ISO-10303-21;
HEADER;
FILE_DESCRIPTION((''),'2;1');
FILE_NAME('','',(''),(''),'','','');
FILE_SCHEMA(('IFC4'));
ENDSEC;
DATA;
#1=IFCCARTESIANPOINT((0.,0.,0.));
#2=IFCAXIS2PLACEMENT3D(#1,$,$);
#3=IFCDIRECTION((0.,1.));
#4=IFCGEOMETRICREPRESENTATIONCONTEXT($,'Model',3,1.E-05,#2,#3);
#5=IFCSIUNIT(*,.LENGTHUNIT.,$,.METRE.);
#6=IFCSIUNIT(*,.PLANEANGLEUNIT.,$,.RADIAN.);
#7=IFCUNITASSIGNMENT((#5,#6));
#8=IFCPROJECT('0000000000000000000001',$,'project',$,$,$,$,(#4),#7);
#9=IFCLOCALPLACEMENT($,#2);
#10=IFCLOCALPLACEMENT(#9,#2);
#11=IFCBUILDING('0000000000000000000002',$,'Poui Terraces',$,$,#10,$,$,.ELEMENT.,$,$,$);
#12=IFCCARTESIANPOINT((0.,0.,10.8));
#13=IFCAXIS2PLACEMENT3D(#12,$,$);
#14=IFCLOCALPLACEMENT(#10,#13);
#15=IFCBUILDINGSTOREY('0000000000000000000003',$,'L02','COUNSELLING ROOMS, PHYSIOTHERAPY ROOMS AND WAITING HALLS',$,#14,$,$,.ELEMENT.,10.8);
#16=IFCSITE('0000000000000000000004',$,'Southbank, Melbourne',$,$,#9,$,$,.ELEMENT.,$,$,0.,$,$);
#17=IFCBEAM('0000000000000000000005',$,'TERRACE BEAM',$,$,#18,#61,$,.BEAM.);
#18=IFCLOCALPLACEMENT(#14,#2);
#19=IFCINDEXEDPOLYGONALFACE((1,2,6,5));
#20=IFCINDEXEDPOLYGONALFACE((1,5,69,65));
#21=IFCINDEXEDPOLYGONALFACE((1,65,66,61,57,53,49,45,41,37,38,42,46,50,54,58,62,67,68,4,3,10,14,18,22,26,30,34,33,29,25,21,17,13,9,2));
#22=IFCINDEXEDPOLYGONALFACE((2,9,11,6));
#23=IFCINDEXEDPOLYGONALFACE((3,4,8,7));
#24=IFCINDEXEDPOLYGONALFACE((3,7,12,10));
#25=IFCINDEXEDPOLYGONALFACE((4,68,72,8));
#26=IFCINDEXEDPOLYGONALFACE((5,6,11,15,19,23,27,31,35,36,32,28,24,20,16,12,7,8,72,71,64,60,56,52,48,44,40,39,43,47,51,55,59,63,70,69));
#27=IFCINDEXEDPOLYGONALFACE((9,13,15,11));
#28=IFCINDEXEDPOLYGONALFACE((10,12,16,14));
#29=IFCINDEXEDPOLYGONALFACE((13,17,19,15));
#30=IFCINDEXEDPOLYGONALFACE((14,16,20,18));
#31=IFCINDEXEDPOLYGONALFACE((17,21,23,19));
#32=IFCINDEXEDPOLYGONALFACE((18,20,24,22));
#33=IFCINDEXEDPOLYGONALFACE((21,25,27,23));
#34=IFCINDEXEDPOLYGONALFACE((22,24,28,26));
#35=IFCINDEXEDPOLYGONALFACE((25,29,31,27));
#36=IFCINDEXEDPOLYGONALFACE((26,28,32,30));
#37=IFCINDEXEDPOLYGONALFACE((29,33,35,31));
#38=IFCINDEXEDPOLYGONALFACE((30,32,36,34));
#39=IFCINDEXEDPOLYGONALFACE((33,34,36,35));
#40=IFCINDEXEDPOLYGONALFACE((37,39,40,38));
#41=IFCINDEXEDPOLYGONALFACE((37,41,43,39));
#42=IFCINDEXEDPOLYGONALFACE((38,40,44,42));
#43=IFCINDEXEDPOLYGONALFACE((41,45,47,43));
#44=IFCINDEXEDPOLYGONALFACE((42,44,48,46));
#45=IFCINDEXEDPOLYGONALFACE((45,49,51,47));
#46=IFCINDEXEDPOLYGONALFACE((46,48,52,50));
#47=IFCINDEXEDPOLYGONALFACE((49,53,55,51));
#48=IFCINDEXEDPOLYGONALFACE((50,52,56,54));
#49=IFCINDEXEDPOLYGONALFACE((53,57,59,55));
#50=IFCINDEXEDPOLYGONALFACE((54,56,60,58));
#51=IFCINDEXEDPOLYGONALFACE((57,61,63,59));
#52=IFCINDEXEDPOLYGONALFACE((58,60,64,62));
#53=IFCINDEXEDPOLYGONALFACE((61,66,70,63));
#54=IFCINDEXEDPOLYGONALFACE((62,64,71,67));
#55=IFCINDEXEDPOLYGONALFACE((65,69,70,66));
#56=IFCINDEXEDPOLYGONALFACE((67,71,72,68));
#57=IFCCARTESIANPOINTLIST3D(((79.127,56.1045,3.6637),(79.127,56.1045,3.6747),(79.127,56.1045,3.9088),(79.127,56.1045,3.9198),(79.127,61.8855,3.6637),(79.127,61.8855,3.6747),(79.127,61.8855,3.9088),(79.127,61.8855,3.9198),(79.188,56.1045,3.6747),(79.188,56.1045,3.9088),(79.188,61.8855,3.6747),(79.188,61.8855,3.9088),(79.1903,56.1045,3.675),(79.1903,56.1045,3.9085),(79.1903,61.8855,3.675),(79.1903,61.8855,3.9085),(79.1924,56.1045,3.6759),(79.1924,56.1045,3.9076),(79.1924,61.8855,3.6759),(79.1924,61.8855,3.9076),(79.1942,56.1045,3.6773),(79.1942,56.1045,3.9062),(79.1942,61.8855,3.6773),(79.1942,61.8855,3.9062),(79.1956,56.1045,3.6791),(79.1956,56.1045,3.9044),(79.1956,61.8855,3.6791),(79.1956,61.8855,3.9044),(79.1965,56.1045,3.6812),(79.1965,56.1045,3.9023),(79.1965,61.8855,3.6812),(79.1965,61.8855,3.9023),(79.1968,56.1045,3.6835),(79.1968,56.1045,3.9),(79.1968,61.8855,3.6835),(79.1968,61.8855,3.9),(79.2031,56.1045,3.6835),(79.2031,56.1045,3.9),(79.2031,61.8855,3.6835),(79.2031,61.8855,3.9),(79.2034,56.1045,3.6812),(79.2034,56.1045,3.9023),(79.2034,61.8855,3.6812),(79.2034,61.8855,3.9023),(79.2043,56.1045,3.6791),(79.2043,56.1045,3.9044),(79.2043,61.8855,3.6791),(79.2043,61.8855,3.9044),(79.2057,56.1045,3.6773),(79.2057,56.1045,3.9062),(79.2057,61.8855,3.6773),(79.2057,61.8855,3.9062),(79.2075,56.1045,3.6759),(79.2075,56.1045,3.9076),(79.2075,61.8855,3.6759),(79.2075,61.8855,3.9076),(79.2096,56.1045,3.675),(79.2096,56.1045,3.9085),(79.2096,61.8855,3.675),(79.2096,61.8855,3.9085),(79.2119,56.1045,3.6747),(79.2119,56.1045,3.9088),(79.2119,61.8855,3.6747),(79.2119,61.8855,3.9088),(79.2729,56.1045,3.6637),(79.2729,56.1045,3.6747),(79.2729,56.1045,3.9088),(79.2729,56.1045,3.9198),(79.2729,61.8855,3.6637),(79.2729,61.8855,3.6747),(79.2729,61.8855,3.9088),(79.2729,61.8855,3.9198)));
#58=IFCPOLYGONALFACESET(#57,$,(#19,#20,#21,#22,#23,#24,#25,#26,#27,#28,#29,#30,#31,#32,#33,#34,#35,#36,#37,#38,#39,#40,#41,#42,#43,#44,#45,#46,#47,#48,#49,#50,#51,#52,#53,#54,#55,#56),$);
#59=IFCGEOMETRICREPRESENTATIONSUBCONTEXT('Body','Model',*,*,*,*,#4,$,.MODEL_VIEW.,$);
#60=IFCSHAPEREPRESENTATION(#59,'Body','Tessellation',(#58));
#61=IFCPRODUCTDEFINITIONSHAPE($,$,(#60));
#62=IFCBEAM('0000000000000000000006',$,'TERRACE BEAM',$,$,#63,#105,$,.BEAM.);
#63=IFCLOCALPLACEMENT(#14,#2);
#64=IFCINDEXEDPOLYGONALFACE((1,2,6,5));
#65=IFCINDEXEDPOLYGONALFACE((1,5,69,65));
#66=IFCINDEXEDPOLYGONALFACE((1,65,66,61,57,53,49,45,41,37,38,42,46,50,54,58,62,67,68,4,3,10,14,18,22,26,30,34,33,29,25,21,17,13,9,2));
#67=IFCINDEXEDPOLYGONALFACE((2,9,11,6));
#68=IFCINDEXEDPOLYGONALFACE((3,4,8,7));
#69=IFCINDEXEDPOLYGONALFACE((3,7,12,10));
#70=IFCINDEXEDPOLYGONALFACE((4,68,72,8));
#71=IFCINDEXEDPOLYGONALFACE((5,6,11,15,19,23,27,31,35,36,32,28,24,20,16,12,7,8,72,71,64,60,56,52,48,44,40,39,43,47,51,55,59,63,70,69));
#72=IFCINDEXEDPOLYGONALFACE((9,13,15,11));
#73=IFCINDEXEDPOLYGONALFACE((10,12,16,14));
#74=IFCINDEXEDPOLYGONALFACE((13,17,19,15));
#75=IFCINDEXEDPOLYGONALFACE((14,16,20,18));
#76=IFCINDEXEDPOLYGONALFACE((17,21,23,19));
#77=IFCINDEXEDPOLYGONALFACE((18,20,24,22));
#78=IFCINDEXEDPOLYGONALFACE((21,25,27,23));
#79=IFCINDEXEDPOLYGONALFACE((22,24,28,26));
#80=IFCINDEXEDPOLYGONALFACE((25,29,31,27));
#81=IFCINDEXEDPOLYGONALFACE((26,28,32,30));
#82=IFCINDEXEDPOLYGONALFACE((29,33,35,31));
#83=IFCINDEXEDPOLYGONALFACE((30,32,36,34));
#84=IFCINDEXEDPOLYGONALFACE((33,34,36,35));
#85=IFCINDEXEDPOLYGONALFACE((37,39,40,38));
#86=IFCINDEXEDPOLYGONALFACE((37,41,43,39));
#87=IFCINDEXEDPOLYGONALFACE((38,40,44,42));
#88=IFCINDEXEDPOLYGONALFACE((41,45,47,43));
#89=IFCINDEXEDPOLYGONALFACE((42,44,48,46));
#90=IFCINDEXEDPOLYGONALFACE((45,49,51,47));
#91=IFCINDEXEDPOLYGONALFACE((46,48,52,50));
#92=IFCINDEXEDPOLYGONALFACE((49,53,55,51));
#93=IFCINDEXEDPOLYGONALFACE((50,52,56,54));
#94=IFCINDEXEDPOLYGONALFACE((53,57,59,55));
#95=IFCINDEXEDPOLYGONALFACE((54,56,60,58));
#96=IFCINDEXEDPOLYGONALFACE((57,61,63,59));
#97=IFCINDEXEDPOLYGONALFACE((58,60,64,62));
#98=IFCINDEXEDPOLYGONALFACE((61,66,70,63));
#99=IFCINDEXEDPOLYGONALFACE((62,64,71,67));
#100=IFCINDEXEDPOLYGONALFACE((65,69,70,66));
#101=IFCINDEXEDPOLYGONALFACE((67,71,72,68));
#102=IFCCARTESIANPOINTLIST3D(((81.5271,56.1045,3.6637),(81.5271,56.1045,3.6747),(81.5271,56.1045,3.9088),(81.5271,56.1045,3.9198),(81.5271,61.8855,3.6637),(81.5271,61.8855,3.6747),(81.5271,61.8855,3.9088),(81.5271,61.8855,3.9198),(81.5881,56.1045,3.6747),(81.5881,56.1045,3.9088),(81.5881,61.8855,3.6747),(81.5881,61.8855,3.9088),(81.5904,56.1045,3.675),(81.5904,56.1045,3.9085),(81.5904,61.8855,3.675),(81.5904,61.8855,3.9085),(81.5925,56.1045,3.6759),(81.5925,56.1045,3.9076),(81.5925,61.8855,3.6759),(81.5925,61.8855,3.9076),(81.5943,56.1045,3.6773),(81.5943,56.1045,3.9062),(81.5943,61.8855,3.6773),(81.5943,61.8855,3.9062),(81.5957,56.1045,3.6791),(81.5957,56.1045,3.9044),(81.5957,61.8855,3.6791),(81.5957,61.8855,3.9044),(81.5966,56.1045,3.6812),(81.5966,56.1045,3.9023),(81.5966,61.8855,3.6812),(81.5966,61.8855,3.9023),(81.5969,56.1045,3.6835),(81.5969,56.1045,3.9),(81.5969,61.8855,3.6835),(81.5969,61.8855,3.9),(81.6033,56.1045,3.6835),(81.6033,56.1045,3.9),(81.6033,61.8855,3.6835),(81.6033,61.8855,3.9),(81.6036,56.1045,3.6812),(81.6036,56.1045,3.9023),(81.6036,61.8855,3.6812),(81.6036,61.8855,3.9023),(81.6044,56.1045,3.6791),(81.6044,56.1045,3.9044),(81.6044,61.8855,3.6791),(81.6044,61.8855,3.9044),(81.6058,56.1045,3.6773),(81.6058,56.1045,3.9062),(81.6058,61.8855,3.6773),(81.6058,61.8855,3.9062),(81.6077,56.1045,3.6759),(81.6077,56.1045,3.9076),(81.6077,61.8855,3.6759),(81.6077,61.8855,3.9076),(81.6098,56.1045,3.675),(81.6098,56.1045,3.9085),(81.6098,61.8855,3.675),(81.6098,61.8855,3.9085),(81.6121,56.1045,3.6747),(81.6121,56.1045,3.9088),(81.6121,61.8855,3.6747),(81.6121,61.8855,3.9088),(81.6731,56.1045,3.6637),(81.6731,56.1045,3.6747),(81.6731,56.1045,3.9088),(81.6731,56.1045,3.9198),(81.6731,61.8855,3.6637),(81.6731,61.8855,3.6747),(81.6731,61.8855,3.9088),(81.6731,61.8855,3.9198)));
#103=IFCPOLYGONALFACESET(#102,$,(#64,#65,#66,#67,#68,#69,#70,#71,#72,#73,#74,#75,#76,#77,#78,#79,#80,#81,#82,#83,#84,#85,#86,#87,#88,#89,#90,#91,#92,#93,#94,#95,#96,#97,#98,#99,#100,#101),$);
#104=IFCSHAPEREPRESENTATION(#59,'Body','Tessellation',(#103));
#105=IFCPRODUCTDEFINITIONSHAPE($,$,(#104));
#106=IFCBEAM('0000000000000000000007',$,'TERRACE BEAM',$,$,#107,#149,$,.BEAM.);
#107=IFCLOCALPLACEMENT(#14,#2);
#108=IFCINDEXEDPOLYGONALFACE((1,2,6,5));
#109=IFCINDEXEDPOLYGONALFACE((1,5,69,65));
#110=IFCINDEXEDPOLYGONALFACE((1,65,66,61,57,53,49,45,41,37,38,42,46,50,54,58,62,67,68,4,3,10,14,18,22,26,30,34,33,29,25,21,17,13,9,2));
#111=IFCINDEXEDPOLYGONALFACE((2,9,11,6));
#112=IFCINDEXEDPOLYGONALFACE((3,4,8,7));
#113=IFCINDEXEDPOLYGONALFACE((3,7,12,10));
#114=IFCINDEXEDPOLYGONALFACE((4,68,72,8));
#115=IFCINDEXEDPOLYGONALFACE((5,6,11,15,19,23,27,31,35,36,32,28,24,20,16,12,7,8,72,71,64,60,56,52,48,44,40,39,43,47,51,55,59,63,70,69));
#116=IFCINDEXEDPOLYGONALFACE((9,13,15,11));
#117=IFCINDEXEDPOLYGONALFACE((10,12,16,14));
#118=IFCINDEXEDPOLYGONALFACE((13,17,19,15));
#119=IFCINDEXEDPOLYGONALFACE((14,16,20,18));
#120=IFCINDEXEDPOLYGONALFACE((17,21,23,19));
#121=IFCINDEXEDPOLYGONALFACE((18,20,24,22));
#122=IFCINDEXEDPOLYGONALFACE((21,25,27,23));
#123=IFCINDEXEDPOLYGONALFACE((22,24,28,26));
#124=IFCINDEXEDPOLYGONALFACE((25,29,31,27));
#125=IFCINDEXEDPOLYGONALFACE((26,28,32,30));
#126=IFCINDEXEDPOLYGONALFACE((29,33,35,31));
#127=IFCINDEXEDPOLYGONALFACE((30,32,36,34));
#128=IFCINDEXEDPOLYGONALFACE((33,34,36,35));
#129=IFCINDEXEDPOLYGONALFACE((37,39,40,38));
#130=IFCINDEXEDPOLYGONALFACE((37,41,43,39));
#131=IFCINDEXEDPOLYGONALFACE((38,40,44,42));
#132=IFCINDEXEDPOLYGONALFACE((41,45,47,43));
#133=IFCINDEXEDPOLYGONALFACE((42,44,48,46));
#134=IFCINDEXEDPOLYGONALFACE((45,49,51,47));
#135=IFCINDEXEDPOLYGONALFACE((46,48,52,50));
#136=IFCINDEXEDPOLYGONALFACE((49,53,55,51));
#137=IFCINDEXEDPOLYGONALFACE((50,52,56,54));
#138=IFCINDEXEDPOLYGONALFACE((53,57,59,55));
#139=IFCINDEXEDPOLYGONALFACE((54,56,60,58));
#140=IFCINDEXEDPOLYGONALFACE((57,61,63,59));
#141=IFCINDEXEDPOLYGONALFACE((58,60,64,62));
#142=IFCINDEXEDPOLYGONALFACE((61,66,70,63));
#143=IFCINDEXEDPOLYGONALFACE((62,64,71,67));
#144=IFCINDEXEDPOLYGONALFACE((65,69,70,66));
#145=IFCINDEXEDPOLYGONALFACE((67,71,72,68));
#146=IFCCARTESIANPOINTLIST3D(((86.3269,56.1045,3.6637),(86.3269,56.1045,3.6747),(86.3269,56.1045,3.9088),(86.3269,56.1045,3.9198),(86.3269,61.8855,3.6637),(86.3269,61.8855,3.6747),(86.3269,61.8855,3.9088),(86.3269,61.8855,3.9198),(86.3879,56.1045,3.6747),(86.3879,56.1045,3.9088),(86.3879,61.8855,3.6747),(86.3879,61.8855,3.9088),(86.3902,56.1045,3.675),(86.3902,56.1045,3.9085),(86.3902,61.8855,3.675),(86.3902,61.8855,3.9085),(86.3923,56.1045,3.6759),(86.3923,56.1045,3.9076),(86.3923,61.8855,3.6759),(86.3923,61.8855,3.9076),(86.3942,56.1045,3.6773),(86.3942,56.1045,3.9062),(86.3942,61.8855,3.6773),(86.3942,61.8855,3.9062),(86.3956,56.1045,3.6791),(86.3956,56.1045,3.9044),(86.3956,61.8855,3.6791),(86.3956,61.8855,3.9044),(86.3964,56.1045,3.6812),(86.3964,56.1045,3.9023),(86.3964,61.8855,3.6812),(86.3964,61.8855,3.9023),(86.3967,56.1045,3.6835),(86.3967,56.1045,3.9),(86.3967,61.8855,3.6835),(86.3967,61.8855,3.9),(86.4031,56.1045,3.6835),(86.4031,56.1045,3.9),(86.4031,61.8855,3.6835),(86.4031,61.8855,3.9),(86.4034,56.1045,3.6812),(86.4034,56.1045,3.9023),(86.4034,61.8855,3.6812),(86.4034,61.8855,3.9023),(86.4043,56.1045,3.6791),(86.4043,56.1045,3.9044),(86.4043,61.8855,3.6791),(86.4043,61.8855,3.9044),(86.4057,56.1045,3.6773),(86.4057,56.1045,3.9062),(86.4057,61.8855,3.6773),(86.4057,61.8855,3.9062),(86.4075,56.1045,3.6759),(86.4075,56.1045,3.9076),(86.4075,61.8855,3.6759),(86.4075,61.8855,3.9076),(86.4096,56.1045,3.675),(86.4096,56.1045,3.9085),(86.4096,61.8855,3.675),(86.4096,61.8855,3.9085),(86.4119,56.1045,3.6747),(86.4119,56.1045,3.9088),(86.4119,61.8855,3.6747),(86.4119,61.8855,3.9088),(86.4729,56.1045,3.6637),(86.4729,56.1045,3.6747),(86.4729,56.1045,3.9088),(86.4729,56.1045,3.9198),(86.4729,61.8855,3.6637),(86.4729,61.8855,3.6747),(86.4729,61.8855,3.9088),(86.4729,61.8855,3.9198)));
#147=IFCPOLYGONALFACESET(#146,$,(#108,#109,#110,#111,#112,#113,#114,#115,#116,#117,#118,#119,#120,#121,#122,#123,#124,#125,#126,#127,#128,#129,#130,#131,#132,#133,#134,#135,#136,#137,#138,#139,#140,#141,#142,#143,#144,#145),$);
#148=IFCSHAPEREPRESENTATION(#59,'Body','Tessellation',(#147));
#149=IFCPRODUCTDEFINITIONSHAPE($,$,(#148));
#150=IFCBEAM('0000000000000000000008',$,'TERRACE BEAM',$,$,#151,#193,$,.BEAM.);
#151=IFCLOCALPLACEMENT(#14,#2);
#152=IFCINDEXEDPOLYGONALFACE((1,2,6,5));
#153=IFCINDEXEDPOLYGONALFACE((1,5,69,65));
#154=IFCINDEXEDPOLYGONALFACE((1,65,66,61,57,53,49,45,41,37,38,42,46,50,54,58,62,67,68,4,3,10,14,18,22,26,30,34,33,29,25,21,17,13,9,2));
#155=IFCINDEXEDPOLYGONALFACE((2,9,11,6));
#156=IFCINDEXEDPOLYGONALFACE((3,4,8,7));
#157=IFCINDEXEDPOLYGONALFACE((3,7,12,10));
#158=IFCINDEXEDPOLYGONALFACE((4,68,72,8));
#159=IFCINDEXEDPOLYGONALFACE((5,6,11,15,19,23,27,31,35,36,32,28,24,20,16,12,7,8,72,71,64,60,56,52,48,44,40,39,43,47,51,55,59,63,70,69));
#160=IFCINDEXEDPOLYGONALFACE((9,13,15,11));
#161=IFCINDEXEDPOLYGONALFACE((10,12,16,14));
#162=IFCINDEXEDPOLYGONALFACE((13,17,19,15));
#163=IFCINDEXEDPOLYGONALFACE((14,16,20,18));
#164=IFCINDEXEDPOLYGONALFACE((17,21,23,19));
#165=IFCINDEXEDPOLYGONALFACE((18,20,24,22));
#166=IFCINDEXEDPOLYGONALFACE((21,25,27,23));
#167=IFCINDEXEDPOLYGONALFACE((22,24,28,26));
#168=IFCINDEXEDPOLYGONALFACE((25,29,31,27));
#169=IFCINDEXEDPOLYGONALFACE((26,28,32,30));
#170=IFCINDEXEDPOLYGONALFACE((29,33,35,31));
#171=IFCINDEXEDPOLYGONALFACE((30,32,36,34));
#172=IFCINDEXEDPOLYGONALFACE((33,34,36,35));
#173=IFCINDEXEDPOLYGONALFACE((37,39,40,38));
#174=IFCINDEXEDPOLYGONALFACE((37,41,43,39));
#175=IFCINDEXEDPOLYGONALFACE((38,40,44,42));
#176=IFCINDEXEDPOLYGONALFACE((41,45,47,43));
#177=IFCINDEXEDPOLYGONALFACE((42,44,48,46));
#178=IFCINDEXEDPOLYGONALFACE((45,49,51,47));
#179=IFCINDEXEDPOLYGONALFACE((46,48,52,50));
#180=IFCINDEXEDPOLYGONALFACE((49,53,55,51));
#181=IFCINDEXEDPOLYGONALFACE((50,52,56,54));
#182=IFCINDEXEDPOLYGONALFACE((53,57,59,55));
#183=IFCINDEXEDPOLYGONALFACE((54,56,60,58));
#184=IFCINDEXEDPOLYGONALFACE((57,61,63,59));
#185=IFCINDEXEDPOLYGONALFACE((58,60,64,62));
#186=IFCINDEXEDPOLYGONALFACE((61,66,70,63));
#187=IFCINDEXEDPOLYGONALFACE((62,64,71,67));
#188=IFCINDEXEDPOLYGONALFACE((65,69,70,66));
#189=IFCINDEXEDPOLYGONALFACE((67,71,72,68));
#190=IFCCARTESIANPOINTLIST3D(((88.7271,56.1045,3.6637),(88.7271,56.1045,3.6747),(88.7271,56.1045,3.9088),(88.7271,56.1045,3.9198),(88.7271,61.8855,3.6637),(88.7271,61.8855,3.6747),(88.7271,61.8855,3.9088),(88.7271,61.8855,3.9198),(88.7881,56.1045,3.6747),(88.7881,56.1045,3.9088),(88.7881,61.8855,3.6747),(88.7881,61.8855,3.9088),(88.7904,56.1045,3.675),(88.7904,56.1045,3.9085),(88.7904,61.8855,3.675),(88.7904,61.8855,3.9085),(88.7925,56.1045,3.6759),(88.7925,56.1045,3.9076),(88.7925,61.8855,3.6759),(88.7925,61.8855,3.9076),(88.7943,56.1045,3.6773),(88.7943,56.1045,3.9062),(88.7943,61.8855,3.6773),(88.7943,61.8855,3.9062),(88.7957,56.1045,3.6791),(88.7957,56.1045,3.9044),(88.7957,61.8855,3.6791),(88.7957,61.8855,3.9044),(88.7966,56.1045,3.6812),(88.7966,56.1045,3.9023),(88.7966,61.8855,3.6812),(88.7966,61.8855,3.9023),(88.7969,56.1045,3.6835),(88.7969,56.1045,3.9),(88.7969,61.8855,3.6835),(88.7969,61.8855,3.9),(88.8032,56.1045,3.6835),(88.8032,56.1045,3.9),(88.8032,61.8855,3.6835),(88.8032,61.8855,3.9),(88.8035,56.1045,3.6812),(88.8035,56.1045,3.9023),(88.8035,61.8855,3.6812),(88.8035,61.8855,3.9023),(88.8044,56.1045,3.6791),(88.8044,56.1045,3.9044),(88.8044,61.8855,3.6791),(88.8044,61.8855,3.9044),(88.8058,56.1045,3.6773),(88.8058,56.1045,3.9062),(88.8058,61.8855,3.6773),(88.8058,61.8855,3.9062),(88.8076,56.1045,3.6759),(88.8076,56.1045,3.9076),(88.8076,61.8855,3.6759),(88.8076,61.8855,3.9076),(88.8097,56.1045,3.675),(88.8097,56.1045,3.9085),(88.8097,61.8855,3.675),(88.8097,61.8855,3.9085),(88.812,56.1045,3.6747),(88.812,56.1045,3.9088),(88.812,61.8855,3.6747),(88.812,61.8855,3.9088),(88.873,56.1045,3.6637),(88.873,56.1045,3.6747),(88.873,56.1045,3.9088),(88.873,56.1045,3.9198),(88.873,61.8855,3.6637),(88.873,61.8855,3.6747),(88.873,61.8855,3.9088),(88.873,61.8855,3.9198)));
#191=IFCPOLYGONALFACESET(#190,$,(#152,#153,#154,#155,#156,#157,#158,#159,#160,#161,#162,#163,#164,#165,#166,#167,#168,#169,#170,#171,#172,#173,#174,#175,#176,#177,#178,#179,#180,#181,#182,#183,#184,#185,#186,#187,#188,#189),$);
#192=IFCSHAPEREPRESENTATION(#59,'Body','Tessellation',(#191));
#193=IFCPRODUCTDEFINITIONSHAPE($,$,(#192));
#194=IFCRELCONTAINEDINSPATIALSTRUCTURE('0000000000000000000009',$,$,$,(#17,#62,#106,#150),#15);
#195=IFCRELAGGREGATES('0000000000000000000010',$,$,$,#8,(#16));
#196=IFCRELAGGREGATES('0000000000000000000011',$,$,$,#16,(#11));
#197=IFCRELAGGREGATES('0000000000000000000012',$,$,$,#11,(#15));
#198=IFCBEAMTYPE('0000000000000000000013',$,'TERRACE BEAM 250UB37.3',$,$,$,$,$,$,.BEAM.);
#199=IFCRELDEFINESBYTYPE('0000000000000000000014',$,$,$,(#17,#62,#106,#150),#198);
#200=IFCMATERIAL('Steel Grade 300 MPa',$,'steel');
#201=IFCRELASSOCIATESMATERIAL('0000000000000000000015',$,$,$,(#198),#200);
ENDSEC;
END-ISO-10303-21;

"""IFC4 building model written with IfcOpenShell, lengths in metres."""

from ifc_helpers import new_model, si_unit, direction, frame, origin, origin_2d, place, context, subcontext, project, spatial, i_section, extrude, source, transform, mapped, material, material_profile, profile_set, type_object, element, save


model = new_model("IFC4")

# Units and contexts
model_context = context("Model", 3, precision=1e-05, world=origin(), true_north=direction((0.0, 1.0)))
body_context = subcontext(model_context, "Body", "Model", "MODEL_VIEW")
ifc_project = project(units=[si_unit("LENGTHUNIT", "METRE"), si_unit("PLANEANGLEUNIT", "RADIAN")], contexts=[model_context])

# Site, building, storey
site_placement = place(None, origin())
site = spatial("IfcSite", under=ifc_project, at=site_placement, Name="Southbank, Melbourne", CompositionType="ELEMENT", RefElevation=0.0)
building_placement = place(site_placement, origin())
building = spatial("IfcBuilding", under=site, at=building_placement, Name="Poui Terraces", CompositionType="ELEMENT")
storey_placement = place(building_placement, frame((0.0, 0.0, 10.8)))
storey = spatial("IfcBuildingStorey", under=building, at=storey_placement, Name="L02", Description="COUNSELLING ROOMS, PHYSIOTHERAPY ROOMS AND WAITING HALLS", CompositionType="ELEMENT", Elevation=10.8)

# Beams
ifc_material_1 = material(Name="Steel Grade 300 MPa", Category="steel")
ifc_material_profile_1 = material_profile(ifc_material_1, i_section(OverallWidth=0.146, OverallDepth=0.2561, WebThickness=0.0063, FlangeThickness=0.011, FilletRadius=0.0088, at=origin_2d()), Name="250UB37.3")
ifc_profile_set_1 = profile_set([ifc_material_profile_1], Name="Steel Grade 300 MPa")
beam_type_1 = type_object("IfcBeamType", Name="TERRACE BEAM 250UB37.3", PredefinedType="BEAM", material=ifc_profile_set_1)
shared_shape_1 = source(origin(), body_context, "Body", "SweptSolid", [
    extrude(i_section(OverallWidth=0.146, OverallDepth=0.2561, WebThickness=0.0063, FlangeThickness=0.011, FilletRadius=0.0088, at=origin_2d()), origin(), (0.0, 0.0, 1.0), 5.781),
])
for number, where, z_axis, x_axis, name in (
    (1, (79.2, 56.1045, 3.7917), (0.0, 1.0, 0.0), (-1.0, 0.0, 0.0), "TERRACE BEAM"),
    (2, (81.6001, 56.1045, 3.7917), (0.0, 1.0, 0.0), (-1.0, 0.0, 0.0), "TERRACE BEAM"),
    (3, (86.3999, 56.1045, 3.7917), (0.0, 1.0, 0.0), (-1.0, 0.0, 0.0), "TERRACE BEAM"),
    (4, (88.8, 56.1045, 3.7917), (0.0, 1.0, 0.0), (-1.0, 0.0, 0.0), "TERRACE BEAM"),
):
    element("IfcBeam", number, at=place(storey_placement, frame(where, z_axis=z_axis, x_axis=x_axis)), inside=storey, type_object=beam_type_1, Name=name, PredefinedType="BEAM", context=body_context, shape_type="MappedRepresentation", body=[
        mapped(shared_shape_1, transform((0.0, 0.0, 0.0))),
    ])

save(model, "model.ifc")
